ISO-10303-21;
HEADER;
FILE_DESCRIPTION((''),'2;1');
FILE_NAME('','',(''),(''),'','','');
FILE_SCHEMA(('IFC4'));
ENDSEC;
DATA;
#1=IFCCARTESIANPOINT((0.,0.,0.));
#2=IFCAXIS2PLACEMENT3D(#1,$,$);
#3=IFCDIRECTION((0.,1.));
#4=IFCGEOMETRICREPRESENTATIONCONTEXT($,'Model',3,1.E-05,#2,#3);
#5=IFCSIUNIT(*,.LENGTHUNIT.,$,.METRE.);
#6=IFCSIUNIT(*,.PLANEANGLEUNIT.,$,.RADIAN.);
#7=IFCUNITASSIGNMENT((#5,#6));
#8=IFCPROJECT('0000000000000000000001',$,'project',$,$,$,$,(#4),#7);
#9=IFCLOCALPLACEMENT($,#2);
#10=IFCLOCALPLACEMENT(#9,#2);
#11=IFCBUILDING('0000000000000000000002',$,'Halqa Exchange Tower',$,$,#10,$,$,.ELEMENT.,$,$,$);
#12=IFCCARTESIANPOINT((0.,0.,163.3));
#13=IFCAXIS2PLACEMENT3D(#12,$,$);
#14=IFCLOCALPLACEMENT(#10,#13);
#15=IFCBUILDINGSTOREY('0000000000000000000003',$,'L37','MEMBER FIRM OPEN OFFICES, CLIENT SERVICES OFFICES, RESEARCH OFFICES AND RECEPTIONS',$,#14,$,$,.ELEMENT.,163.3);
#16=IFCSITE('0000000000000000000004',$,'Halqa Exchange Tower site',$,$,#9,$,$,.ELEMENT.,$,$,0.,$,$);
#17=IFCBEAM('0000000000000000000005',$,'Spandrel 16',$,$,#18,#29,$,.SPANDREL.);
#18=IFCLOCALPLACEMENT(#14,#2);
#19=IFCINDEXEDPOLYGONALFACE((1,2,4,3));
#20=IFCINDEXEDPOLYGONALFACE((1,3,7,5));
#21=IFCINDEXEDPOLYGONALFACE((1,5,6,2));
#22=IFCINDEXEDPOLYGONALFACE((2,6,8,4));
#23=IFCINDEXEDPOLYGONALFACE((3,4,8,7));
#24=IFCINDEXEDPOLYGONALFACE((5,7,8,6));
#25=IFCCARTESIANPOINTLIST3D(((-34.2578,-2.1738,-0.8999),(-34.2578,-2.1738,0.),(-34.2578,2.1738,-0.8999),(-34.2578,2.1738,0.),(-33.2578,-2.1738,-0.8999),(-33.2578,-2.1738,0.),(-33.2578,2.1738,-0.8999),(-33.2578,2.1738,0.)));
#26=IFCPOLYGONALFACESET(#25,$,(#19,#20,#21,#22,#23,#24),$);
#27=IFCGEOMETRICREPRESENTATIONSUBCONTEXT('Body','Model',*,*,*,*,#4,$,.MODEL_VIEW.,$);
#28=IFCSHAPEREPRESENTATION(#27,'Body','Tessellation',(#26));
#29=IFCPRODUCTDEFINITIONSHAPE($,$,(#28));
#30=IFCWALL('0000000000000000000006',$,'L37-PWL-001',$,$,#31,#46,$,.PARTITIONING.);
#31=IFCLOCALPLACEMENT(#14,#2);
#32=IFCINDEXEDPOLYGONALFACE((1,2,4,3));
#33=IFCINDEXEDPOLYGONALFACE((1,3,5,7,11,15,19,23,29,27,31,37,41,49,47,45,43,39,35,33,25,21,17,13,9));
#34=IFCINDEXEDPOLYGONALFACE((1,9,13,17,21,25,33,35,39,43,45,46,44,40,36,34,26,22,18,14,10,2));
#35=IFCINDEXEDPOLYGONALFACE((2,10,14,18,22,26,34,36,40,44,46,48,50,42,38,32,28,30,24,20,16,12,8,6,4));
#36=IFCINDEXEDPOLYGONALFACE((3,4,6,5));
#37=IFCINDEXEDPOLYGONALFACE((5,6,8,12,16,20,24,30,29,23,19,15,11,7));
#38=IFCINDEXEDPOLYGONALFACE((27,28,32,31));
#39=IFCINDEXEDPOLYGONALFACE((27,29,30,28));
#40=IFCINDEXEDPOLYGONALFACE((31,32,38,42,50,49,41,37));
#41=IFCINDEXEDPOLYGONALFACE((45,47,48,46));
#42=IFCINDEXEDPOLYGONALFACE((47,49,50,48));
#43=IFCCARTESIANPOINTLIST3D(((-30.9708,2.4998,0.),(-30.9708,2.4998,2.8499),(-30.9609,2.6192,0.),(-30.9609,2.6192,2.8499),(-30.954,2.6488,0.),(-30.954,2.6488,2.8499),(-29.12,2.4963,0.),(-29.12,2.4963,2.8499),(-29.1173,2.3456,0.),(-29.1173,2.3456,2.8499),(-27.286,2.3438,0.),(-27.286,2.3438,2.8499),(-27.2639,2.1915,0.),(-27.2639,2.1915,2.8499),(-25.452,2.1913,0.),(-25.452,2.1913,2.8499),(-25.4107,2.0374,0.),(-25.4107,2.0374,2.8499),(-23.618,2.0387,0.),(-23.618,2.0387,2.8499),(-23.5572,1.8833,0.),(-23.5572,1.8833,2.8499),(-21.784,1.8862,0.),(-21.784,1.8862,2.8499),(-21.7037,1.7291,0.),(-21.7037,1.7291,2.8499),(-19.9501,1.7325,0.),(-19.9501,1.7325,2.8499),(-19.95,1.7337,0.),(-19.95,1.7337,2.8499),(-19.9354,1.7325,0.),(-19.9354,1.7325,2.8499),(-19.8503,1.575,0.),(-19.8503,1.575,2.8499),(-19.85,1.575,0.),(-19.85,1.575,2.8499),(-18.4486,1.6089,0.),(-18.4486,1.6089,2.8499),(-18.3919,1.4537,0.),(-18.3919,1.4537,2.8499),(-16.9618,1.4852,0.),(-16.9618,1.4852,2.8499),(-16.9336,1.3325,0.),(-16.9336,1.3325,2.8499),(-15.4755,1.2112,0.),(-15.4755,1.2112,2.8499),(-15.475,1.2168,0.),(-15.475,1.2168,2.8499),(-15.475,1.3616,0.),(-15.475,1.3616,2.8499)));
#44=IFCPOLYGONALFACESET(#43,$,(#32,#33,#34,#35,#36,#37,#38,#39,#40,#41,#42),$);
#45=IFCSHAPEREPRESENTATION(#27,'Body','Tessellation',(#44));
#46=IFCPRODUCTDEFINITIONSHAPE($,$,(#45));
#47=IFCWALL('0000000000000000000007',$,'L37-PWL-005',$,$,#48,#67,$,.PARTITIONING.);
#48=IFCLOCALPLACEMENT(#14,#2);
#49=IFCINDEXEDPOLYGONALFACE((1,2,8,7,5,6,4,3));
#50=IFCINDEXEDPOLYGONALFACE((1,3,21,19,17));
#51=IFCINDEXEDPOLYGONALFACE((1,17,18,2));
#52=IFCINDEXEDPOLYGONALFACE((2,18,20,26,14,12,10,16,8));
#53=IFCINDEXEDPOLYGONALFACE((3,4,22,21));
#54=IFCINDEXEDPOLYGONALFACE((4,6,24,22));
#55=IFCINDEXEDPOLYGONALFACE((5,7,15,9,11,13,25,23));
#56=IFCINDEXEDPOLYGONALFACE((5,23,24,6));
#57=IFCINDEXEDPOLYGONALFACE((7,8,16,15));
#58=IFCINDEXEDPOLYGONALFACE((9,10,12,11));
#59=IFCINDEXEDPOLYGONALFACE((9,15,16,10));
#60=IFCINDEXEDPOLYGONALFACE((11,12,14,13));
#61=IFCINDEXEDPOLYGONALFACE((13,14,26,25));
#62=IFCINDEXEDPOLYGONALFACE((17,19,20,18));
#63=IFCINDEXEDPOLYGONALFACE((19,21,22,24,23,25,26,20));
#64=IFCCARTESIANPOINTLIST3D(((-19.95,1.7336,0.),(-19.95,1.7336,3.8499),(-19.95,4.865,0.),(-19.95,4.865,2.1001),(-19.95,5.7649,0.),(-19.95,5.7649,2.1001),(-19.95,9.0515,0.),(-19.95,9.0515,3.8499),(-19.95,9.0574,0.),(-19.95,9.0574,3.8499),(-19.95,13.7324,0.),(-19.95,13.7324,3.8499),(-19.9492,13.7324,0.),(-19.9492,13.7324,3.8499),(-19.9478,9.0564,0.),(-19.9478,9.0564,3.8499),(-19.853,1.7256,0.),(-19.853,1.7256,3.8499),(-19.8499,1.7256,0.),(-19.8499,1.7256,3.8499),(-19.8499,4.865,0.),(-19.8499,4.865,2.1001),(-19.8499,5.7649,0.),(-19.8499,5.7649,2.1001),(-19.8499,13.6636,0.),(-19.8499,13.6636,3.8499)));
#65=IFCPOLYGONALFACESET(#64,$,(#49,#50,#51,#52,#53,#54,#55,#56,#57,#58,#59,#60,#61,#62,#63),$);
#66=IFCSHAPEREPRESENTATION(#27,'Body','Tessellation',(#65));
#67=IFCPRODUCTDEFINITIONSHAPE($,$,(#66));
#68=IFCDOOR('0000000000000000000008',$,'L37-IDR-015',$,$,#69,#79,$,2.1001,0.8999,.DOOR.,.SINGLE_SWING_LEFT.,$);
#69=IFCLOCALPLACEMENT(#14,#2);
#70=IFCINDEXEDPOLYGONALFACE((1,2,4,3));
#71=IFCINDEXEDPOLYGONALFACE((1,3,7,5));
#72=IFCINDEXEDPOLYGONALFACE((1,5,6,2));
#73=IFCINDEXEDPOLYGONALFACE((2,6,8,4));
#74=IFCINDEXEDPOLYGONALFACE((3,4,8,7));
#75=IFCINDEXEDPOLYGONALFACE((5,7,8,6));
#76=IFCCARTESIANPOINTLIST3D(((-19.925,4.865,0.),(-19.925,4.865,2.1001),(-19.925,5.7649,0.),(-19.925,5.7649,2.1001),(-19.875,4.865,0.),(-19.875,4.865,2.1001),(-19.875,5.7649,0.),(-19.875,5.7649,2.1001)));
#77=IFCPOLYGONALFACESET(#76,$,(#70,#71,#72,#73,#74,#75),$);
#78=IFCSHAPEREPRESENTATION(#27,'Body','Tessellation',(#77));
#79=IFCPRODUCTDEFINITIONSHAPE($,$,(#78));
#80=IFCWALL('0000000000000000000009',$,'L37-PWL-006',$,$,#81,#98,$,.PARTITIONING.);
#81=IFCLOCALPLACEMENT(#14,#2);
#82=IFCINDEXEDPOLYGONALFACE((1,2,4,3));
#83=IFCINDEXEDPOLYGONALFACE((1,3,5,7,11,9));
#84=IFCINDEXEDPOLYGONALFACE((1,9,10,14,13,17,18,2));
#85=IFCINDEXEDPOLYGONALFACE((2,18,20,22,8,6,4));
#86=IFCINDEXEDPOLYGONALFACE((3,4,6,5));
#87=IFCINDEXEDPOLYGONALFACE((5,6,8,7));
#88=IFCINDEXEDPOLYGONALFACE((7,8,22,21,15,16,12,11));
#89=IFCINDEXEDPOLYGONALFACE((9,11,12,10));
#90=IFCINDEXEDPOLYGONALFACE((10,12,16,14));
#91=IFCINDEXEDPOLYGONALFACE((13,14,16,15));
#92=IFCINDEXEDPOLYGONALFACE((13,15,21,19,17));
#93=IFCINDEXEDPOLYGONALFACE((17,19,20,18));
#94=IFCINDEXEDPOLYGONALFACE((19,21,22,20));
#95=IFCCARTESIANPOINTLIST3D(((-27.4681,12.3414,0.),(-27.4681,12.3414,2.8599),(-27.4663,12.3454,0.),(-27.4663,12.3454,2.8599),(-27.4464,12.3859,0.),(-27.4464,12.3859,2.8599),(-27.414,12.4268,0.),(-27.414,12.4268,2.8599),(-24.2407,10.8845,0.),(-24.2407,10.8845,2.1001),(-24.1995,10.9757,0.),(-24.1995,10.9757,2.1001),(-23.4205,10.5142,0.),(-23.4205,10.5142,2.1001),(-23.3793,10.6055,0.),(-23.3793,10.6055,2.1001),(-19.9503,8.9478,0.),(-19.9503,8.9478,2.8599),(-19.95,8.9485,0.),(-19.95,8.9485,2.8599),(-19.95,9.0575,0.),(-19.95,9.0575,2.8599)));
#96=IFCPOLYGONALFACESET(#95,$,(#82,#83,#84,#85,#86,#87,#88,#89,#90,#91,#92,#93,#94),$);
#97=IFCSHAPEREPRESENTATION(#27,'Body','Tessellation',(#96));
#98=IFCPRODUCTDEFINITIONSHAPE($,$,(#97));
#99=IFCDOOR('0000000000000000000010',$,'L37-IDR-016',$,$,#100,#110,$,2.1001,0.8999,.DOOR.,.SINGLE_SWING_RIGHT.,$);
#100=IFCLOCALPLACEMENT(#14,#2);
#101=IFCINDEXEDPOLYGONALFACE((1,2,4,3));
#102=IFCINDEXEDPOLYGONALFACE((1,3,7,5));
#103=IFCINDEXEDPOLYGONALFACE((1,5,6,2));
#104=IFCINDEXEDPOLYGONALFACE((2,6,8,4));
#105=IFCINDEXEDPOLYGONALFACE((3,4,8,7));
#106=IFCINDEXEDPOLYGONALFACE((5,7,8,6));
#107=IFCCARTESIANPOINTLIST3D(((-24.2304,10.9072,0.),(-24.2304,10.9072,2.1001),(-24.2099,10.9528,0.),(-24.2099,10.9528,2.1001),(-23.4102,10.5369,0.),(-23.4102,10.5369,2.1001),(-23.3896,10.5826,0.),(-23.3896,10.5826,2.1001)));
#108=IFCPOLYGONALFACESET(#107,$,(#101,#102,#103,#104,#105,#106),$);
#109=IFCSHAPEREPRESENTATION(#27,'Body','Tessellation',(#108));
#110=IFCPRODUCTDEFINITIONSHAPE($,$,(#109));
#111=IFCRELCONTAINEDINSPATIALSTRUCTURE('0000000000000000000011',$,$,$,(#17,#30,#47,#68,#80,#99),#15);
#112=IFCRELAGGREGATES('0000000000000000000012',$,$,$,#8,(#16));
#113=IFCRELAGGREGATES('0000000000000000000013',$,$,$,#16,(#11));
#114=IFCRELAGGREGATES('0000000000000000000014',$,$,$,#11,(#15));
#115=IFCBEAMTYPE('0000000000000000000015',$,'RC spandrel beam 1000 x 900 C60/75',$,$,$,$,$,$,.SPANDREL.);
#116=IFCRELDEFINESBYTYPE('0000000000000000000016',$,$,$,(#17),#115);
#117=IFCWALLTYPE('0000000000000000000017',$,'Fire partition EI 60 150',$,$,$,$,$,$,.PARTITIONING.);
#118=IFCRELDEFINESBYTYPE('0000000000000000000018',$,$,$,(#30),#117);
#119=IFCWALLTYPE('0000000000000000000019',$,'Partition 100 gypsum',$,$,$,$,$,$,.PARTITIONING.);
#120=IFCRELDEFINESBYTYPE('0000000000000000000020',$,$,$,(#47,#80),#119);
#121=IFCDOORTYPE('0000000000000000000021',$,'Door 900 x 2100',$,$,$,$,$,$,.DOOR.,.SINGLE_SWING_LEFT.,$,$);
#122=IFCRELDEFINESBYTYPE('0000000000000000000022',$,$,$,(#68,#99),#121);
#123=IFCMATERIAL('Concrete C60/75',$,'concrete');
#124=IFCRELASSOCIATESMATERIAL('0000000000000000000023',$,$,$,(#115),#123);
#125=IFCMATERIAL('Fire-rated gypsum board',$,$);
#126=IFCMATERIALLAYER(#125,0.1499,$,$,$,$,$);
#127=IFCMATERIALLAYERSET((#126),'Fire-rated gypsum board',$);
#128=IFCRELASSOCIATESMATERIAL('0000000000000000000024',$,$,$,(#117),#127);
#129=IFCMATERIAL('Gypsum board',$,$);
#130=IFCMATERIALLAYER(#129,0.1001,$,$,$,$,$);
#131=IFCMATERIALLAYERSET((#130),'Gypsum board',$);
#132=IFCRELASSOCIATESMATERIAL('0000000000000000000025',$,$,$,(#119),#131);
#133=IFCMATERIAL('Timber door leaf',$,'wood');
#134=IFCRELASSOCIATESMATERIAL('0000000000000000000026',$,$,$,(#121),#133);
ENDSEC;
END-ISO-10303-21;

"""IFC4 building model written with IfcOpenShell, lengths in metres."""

from ifc_helpers import new_model, si_unit, direction, frame, frame_2d, origin, origin_2d, place, context, subcontext, project, spatial, polyline, rectangle, outline, extrude, material, layer, layer_set, material_profile, profile_set, type_object, element, fill, save


model = new_model("IFC4")

# Units and contexts
model_context = context("Model", 3, precision=1e-05, world=origin(), true_north=direction((0.0, 1.0)))
body_context = subcontext(model_context, "Body", "Model", "MODEL_VIEW")
ifc_project = project(units=[si_unit("LENGTHUNIT", "METRE"), si_unit("PLANEANGLEUNIT", "RADIAN")], contexts=[model_context])

# Site, building, storey
site_placement = place(None, origin())
site = spatial("IfcSite", under=ifc_project, at=site_placement, Name="Halqa Exchange Tower site", CompositionType="ELEMENT", RefElevation=0.0)
building_placement = place(site_placement, origin())
building = spatial("IfcBuilding", under=site, at=building_placement, Name="Halqa Exchange Tower", CompositionType="ELEMENT")
storey_placement = place(building_placement, frame((0.0, 0.0, 163.3)))
storey = spatial("IfcBuildingStorey", under=building, at=storey_placement, Name="L37", Description="MEMBER FIRM OPEN OFFICES, CLIENT SERVICES OFFICES, RESEARCH OFFICES AND RECEPTIONS", CompositionType="ELEMENT", Elevation=163.3)

# Beam
ifc_material_1 = material(Name="Concrete C60/75", Category="concrete")
ifc_material_profile_1 = material_profile(ifc_material_1, rectangle(XDim=1.0, YDim=0.8999, at=origin_2d()), Name="1000 x 900")
ifc_profile_set_1 = profile_set([ifc_material_profile_1], Name="Concrete C60/75")
beam_type_1 = type_object("IfcBeamType", Name="RC spandrel beam 1000 x 900 C60/75", PredefinedType="SPANDREL", material=ifc_profile_set_1)
beam_1_placement = place(storey_placement, frame((-33.7578, 2.1738, -0.45), z_axis=(0.0, -1.0, 0.0), x_axis=(1.0, 0.0, 0.0)))
element("IfcBeam", 1, at=beam_1_placement, inside=storey, type_object=beam_type_1, Name="Spandrel 16", PredefinedType="SPANDREL", context=body_context, shape_type="SweptSolid", body=[
    extrude(rectangle(XDim=1.0, YDim=0.8999, at=origin_2d()), origin(), (0.0, 0.0, 1.0), 4.3477),
])

# Wall
ifc_material_2 = material(Name="Fire-rated gypsum board")
ifc_layer_1 = layer(ifc_material_2, 0.1499)
ifc_layer_set_1 = layer_set([ifc_layer_1], Name="Fire-rated gypsum board")
wall_type_1 = type_object("IfcWallType", Name="Fire partition EI 60 150", PredefinedType="PARTITIONING", material=ifc_layer_set_1)
wall_1_placement = place(storey_placement, frame((-30.9646, 2.5745, 0.0), z_axis=(0.0, 0.0, 1.0), x_axis=(0.99656, -0.082873, 0.0)))
element("IfcWall", 2, at=wall_1_placement, inside=storey, type_object=wall_type_1, Name="L37-PWL-001", PredefinedType="PARTITIONING", context=body_context, shape_type="SweptSolid", body=[
    extrude(outline(polyline([(0.0, -0.075), (1.8599, -0.075), (3.7197, -0.075), (5.5793, -0.075), (7.4392, -0.075), (9.2991, -0.075), (11.1589, -0.075), (11.1592, -0.075), (11.1592, -0.075), (12.6223, -0.075), (14.0857, -0.075), (15.5488, -0.075), (15.5488, -0.0693), (15.5369, 0.075), (14.0449, 0.075), (12.553, 0.075), (11.061, 0.075), (11.0464, 0.0737), (11.0464, 0.075), (9.2061, 0.075), (7.3657, 0.075), (5.5254, 0.075), (3.6851, 0.075), (1.8447, 0.075), (0.0044, 0.075), (0.0, 0.0449), (0.0, -0.075)])), origin(), (0.0, 0.0, 1.0), 2.8499),
])

# Walls, openings, doors
ifc_material_3 = material(Name="Gypsum board")
ifc_layer_2 = layer(ifc_material_3, 0.1001)
ifc_layer_set_2 = layer_set([ifc_layer_2], Name="Gypsum board")
wall_type_2 = type_object("IfcWallType", Name="Partition 100 gypsum", PredefinedType="PARTITIONING", material=ifc_layer_set_2)
wall_2_placement = place(storey_placement, frame((-19.8999, 1.7256, 0.0), z_axis=(0.0, 0.0, 1.0), x_axis=(0.0, 1.0, 0.0)))
wall_2 = element("IfcWall", 3, at=wall_2_placement, inside=storey, type_object=wall_type_2, Name="L37-PWL-005", PredefinedType="PARTITIONING", context=body_context, shape_type="SweptSolid", body=[
    extrude(outline(polyline([(0.0, -0.05), (1.9897, -0.05), (3.9792, -0.05), (5.969, -0.05), (7.9587, -0.05), (9.9485, -0.05), (11.938, -0.05), (12.0068, 0.0493), (12.0068, 0.05), (10.4485, 0.05), (8.8901, 0.05), (7.3318, 0.05), (7.3308, 0.0479), (7.3259, 0.05), (5.4966, 0.05), (3.667, 0.05), (1.8376, 0.05), (0.0081, 0.05), (0.0, -0.0469), (0.0, -0.05)])), origin(), (0.0, 0.0, 1.0), 3.8499),
])
opening_1_placement = place(wall_2_placement, frame((3.1394, 0.0, 0.0)))
opening_1 = element("IfcOpeningElement", 4, at=opening_1_placement, cuts=wall_2, PredefinedType="OPENING", context=body_context, shape_type="SweptSolid", body=[
    extrude(rectangle(XDim=0.8999, YDim=2.1001, at=frame_2d((0.45, 1.05))), frame((0.0, 0.062, 0.0), z_axis=(0.0, -1.0, 0.0), x_axis=(1.0, 0.0, 0.0)), (0.0, 0.0, 1.0), 0.124),
])
ifc_material_4 = material(Name="Timber door leaf", Category="wood")
door_type_1 = type_object("IfcDoorType", Name="Door 900 x 2100", OperationType="SINGLE_SWING_LEFT", PredefinedType="DOOR", material=ifc_material_4)
door_1_placement = place(opening_1_placement, frame((0.8999, 0.0, 0.0), z_axis=(0.0, 0.0, 1.0), x_axis=(-1.0, 0.0, 0.0)))
door_1 = element("IfcDoor", 5, at=door_1_placement, inside=storey, type_object=door_type_1, Name="L37-IDR-015", OperationType="SINGLE_SWING_LEFT", OverallHeight=2.1001, OverallWidth=0.8999, PredefinedType="DOOR", context=body_context, shape_type="SweptSolid", body=[
    extrude(rectangle(XDim=0.8999, YDim=2.1001, at=frame_2d((0.45, 1.05))), frame((0.0, 0.0249, 0.0), z_axis=(0.0, -1.0, 0.0), x_axis=(1.0, 0.0, 0.0)), (0.0, 0.0, 1.0), 0.05),
])
fill(opening_1, door_1)
wall_3_placement = place(storey_placement, frame((-19.9297, 8.9934, 0.0), z_axis=(0.0, 0.0, 1.0), x_axis=(-0.911443, 0.411427, 0.0)))
wall_3 = element("IfcWall", 6, at=wall_3_placement, inside=storey, type_object=wall_type_2, Name="L37-PWL-006", PredefinedType="PARTITIONING", context=body_context, shape_type="SweptSolid", body=[
    extrude(outline(polyline([(0.0449, -0.05), (1.6829, -0.05), (3.3206, -0.05), (4.9585, -0.05), (6.5964, -0.05), (8.2341, -0.05), (8.2468, 0.0005), (8.2483, 0.0457), (8.2483, 0.05), (6.5986, 0.05), (4.949, 0.05), (3.2993, 0.05), (1.6497, 0.05), (0.0, 0.05), (0.0, 0.0493), (0.0449, -0.05)])), origin(), (0.0, 0.0, 1.0), 2.8599),
])
opening_2_placement = place(wall_3_placement, frame((3.8074, 0.0, 0.0)))
opening_2 = element("IfcOpeningElement", 7, at=opening_2_placement, cuts=wall_3, PredefinedType="OPENING", context=body_context, shape_type="SweptSolid", body=[
    extrude(rectangle(XDim=0.8999, YDim=2.1001, at=frame_2d((0.45, 1.05))), frame((0.0, 0.062, 0.0), z_axis=(0.0, -1.0, 0.0), x_axis=(1.0, 0.0, 0.0)), (0.0, 0.0, 1.0), 0.124),
])
door_2_placement = place(opening_2_placement, frame((0.8999, 0.0, 0.0), z_axis=(0.0, 0.0, 1.0), x_axis=(-1.0, 0.0, 0.0)))
door_2 = element("IfcDoor", 8, at=door_2_placement, inside=storey, type_object=door_type_1, Name="L37-IDR-016", OperationType="SINGLE_SWING_RIGHT", OverallHeight=2.1001, OverallWidth=0.8999, PredefinedType="DOOR", context=body_context, shape_type="SweptSolid", body=[
    extrude(rectangle(XDim=0.8999, YDim=2.1001, at=frame_2d((0.45, 1.05))), frame((0.0, 0.0249, 0.0), z_axis=(0.0, -1.0, 0.0), x_axis=(1.0, 0.0, 0.0)), (0.0, 0.0, 1.0), 0.05),
])
fill(opening_2, door_2)

save(model, "model.ifc")
